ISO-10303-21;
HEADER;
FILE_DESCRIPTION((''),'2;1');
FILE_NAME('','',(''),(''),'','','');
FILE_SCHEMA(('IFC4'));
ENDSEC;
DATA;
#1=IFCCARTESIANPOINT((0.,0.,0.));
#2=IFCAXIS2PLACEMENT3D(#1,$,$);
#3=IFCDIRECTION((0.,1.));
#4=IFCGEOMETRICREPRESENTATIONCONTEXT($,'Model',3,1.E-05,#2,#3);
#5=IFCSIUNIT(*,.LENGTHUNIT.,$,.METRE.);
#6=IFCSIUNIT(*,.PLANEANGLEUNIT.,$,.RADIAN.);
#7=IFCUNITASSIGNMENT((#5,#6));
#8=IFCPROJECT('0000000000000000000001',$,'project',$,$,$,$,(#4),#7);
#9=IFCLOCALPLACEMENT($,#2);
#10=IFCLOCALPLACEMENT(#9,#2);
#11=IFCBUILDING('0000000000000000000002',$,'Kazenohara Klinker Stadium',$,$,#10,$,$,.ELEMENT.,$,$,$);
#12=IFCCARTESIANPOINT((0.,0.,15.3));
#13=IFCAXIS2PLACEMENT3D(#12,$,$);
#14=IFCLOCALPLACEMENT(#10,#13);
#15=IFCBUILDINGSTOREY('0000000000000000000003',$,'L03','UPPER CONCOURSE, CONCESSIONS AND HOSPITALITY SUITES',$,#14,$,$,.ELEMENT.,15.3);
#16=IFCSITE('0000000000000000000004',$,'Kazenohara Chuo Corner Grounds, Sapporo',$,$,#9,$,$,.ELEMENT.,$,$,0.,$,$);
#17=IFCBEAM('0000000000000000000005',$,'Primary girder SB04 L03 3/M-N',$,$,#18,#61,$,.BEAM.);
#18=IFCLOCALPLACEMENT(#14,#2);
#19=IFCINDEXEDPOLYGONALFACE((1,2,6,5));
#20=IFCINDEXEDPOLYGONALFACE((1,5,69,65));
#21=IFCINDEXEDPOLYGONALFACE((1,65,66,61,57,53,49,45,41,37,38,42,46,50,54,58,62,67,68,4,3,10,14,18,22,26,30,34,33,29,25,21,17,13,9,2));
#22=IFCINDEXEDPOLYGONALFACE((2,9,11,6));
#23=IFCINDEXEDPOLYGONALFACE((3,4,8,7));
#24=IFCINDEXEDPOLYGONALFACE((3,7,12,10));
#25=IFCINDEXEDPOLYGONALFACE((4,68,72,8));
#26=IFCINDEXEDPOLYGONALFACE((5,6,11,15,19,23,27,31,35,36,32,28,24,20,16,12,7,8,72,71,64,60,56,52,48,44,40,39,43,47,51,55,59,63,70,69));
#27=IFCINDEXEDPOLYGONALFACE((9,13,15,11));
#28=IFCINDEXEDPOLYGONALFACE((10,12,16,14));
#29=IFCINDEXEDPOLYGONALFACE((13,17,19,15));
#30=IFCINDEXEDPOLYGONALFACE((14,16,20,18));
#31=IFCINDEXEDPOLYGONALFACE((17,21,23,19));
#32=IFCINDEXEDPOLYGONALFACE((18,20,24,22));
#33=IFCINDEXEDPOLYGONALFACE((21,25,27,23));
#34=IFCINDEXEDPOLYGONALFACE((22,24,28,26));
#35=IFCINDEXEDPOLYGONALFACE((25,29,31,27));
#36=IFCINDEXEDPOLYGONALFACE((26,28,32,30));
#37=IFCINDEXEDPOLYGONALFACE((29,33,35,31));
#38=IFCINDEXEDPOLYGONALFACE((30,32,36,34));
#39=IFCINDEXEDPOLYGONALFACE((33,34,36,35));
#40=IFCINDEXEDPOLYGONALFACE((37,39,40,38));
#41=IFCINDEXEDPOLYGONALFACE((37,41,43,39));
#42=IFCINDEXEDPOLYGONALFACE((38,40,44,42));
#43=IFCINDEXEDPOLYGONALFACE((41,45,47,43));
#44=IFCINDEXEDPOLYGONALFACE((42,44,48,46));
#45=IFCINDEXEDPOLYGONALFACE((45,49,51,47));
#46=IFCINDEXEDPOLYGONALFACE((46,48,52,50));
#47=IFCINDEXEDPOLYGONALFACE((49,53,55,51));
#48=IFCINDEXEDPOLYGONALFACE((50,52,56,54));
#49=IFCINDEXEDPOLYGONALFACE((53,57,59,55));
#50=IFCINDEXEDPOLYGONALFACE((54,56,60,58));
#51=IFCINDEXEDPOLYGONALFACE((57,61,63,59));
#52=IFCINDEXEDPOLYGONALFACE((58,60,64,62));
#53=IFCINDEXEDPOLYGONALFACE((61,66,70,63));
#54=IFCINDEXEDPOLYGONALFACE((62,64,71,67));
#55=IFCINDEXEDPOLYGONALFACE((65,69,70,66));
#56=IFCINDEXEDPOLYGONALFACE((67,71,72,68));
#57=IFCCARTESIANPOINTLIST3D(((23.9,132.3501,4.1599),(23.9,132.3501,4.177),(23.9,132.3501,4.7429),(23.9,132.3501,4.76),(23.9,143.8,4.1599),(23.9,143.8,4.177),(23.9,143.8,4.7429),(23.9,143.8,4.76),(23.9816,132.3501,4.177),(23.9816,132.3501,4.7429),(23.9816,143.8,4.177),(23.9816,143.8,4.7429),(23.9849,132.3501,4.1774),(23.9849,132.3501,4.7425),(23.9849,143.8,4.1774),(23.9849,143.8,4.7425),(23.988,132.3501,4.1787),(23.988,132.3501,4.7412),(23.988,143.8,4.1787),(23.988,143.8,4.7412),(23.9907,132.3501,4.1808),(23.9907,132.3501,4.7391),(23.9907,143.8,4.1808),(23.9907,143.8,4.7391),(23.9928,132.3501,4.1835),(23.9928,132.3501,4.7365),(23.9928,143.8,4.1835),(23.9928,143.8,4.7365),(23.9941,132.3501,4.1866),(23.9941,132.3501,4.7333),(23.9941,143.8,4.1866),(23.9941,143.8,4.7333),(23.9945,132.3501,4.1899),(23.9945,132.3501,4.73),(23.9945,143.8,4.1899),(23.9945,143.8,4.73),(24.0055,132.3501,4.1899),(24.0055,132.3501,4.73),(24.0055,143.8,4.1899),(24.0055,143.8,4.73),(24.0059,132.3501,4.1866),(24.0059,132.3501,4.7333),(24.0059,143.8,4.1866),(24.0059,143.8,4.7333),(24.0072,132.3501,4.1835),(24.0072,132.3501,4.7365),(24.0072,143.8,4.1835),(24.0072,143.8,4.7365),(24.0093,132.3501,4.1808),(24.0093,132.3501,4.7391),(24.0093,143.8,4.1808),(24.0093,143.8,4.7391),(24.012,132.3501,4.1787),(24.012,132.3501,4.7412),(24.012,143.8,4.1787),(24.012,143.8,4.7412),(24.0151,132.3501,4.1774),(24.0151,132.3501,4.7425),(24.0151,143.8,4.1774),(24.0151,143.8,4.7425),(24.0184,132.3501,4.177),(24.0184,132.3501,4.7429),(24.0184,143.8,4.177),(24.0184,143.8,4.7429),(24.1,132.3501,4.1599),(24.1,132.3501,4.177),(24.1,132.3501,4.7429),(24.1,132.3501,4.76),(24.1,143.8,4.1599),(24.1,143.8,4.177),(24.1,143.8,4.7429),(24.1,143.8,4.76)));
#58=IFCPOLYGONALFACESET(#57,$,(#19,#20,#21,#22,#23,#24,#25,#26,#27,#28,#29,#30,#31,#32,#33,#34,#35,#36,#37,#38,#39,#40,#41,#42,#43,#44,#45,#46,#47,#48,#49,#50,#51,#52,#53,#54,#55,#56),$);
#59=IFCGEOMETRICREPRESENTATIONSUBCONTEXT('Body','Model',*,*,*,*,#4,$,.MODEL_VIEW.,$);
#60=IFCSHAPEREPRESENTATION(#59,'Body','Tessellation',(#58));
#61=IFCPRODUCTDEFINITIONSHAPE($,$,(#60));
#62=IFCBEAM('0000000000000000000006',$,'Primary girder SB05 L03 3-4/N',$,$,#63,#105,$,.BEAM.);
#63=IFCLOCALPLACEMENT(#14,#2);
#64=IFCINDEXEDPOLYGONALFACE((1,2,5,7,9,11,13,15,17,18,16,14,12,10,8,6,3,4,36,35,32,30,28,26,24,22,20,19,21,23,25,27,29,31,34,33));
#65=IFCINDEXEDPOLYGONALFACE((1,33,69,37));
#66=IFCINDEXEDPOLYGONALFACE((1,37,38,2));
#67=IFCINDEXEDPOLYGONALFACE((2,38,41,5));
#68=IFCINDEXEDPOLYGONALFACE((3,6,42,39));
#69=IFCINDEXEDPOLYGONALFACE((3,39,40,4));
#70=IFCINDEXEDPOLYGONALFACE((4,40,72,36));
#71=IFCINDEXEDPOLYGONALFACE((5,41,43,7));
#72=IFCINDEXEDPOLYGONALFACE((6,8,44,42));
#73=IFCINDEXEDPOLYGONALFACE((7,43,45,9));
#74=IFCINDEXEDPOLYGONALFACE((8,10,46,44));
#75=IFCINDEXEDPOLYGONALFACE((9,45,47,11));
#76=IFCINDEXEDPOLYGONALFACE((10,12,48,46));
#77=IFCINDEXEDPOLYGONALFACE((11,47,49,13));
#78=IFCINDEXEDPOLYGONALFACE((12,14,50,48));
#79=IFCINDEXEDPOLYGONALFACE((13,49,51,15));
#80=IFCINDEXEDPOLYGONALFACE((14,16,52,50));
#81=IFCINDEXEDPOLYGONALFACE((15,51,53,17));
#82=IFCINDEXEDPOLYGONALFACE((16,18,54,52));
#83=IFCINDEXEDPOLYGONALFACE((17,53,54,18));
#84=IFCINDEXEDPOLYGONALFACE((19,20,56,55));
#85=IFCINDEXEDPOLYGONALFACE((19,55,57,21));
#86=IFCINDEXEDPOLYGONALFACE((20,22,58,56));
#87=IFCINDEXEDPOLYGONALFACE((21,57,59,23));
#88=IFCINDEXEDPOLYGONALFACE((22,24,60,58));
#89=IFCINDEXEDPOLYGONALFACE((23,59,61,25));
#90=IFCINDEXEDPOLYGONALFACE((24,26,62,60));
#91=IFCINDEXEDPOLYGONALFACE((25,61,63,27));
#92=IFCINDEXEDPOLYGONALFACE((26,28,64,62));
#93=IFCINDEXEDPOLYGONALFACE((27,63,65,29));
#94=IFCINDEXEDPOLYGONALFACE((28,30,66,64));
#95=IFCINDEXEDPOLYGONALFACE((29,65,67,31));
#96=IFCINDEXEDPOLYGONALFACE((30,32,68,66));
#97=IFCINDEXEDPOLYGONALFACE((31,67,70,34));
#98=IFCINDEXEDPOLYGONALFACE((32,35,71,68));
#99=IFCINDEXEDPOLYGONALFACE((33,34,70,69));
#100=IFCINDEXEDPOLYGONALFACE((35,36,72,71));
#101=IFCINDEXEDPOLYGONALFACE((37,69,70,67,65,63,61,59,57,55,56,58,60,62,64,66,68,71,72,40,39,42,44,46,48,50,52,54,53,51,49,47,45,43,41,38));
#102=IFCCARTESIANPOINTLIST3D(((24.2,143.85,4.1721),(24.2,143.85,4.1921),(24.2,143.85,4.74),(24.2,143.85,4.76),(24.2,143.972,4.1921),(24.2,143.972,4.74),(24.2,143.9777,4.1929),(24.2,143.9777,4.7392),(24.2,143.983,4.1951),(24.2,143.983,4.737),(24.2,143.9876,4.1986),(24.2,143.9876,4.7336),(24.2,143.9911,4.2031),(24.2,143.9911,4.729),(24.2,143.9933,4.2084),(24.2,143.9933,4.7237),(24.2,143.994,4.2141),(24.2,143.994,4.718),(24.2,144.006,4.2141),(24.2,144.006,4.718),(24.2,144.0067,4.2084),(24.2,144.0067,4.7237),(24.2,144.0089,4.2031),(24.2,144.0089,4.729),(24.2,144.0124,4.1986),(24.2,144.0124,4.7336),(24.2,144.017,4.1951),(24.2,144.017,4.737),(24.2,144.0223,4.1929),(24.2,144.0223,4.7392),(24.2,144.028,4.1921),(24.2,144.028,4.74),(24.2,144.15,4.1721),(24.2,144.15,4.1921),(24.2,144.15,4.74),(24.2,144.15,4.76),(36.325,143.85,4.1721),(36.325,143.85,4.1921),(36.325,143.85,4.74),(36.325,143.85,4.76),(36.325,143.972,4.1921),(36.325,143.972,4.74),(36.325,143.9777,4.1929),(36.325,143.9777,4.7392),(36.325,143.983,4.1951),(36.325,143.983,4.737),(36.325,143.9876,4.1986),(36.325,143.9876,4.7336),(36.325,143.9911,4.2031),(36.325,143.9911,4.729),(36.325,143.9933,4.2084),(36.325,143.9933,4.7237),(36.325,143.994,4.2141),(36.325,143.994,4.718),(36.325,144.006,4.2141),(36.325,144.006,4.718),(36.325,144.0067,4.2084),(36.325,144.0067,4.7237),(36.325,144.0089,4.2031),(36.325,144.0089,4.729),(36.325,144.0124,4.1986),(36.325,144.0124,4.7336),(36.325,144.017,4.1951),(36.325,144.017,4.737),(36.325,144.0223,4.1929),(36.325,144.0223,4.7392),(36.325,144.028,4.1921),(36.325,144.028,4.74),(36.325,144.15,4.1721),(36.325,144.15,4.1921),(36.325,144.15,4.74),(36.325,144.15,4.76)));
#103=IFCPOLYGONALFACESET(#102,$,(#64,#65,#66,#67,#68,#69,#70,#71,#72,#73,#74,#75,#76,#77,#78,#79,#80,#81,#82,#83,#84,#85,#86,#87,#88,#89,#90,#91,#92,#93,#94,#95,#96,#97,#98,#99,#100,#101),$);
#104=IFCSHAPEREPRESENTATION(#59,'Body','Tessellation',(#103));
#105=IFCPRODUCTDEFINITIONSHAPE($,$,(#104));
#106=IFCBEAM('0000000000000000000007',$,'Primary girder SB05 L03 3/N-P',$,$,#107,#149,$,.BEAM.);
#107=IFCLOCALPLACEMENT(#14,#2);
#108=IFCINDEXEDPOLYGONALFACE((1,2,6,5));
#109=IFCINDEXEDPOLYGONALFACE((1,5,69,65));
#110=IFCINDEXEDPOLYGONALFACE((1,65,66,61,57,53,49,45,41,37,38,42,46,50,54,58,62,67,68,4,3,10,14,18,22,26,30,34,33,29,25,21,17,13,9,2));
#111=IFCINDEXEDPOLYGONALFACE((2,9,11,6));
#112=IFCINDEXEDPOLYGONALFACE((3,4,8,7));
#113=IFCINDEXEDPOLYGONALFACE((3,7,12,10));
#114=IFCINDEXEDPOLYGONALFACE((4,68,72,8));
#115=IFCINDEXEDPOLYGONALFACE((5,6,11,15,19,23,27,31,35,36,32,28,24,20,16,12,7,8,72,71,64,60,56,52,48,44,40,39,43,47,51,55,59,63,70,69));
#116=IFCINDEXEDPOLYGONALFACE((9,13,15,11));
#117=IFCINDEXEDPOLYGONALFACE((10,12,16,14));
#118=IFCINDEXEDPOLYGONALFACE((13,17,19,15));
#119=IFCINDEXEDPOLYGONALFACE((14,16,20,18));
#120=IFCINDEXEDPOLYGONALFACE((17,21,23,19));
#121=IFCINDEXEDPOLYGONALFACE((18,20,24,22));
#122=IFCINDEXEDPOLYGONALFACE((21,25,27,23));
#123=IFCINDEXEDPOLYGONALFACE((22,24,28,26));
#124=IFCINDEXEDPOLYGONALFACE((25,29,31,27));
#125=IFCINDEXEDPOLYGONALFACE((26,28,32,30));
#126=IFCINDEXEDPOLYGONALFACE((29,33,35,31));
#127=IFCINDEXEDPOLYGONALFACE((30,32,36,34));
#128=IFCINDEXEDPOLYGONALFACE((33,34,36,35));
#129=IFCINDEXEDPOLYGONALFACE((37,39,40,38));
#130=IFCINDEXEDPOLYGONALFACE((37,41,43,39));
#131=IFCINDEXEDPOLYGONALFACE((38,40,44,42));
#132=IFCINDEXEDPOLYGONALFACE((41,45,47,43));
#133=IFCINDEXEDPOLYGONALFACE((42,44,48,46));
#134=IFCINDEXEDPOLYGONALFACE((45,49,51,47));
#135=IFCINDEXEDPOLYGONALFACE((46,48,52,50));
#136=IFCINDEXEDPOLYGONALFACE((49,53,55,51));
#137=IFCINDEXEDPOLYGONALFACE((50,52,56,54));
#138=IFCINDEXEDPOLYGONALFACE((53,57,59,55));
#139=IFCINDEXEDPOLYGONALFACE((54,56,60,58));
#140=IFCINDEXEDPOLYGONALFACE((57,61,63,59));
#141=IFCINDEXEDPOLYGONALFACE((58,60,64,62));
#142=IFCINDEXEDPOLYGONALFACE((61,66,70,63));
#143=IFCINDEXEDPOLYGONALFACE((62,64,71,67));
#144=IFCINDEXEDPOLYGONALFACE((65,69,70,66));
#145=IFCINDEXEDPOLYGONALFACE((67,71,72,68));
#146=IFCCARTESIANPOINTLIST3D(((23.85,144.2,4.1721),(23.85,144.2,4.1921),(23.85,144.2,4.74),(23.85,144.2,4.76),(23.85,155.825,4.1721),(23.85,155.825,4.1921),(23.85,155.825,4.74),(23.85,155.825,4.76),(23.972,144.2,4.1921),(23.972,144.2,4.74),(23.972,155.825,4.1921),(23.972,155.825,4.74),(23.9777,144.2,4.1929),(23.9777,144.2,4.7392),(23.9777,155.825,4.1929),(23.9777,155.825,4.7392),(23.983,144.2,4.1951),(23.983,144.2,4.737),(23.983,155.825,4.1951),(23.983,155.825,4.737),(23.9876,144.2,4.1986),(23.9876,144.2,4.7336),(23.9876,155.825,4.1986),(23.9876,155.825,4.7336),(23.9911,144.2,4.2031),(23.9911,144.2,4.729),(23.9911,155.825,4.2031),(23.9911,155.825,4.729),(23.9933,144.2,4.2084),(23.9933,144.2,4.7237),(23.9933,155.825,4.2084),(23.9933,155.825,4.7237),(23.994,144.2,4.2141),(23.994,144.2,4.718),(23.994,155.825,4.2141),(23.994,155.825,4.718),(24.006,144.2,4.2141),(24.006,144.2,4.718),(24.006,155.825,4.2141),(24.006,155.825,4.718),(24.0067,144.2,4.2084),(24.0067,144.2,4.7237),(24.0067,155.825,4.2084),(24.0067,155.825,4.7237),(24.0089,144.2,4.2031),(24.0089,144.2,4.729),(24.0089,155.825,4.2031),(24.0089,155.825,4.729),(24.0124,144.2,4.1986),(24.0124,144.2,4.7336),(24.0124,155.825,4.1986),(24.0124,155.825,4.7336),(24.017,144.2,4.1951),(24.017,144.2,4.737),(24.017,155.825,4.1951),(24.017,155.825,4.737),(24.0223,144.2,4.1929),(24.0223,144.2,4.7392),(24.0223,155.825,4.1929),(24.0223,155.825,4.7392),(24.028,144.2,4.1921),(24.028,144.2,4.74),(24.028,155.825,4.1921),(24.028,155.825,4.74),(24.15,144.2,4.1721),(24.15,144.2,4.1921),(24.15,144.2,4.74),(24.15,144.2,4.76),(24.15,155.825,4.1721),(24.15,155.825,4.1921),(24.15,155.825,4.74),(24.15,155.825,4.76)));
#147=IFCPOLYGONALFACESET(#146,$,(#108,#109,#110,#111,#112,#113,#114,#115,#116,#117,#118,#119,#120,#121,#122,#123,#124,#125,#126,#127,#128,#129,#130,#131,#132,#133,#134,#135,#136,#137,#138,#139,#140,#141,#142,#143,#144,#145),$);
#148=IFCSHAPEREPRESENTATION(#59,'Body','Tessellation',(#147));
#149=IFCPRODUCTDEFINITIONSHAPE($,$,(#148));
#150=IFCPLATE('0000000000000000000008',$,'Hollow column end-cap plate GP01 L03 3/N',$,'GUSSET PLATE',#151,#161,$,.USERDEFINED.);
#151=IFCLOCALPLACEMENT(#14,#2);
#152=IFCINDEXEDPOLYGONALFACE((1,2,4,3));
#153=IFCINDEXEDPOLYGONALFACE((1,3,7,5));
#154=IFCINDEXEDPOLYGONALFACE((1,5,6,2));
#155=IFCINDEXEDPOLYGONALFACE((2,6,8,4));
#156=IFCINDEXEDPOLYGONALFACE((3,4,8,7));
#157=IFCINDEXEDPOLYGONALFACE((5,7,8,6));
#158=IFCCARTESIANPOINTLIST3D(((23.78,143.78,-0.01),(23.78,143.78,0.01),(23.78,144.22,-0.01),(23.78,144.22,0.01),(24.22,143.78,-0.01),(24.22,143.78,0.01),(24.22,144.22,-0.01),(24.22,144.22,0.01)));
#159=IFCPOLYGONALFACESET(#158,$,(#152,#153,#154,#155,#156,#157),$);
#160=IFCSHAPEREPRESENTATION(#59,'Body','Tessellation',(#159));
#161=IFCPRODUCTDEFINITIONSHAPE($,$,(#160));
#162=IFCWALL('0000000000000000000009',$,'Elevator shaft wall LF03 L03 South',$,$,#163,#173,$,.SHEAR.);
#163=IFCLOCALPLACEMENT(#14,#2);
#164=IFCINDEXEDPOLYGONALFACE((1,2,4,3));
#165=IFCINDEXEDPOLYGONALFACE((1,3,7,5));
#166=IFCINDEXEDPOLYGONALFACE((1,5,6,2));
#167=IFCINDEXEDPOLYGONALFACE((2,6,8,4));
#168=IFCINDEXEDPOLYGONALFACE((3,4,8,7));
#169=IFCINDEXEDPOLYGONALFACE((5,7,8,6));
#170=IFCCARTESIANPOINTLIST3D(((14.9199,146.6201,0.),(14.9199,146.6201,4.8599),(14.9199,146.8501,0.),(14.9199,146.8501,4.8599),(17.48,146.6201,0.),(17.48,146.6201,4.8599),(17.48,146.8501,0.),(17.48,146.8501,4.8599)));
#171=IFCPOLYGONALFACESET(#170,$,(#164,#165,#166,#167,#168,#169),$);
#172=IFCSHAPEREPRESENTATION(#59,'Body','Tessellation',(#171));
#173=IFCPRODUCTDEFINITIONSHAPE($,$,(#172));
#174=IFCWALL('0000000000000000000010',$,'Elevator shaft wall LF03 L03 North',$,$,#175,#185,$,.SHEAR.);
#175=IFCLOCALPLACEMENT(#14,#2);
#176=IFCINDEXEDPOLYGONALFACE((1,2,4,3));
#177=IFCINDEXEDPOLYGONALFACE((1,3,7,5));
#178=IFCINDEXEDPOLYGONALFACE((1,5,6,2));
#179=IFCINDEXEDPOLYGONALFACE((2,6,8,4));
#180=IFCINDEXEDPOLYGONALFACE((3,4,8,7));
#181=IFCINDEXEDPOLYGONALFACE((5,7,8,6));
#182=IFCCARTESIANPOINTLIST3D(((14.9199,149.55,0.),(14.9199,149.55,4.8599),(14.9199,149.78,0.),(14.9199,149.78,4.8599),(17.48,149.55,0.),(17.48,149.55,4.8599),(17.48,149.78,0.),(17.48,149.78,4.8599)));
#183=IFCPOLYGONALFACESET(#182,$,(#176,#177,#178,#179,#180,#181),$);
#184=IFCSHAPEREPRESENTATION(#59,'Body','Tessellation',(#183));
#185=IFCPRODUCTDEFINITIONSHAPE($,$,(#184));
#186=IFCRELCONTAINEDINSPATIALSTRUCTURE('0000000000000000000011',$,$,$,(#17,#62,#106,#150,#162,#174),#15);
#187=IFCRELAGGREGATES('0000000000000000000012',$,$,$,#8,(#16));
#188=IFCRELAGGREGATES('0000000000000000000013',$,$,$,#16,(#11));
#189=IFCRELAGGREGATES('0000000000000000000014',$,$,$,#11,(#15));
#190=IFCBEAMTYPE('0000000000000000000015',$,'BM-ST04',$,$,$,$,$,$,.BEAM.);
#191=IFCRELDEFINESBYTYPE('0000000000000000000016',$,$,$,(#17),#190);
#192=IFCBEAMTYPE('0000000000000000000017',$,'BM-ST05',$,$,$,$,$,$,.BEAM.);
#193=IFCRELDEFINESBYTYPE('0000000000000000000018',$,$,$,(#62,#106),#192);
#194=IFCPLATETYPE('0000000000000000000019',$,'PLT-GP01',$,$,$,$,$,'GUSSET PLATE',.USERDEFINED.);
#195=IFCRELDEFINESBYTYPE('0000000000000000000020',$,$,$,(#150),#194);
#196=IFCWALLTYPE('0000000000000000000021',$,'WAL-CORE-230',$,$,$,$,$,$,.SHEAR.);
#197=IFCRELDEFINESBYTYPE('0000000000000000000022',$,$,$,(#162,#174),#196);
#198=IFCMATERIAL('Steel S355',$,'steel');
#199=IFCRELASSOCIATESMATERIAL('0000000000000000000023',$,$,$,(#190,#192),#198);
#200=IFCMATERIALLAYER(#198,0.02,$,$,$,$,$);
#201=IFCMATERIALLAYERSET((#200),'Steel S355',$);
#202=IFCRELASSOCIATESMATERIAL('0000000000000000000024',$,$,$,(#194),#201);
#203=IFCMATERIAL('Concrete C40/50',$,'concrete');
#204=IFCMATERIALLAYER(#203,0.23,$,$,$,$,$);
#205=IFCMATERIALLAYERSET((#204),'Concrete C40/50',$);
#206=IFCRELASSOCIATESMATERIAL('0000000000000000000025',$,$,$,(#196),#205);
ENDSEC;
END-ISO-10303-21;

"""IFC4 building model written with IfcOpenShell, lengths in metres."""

from ifc_helpers import new_model, si_unit, direction, frame, frame_2d, origin, origin_2d, place, context, subcontext, project, spatial, rectangle, i_section, extrude, material, layer, layer_set, material_profile, profile_set, type_object, element, save


model = new_model("IFC4")

# Units and contexts
model_context = context("Model", 3, precision=1e-05, world=origin(), true_north=direction((0.0, 1.0)))
body_context = subcontext(model_context, "Body", "Model", "MODEL_VIEW")
ifc_project = project(units=[si_unit("LENGTHUNIT", "METRE"), si_unit("PLANEANGLEUNIT", "RADIAN")], contexts=[model_context])

# Site, building, storey
site_placement = place(None, origin())
site = spatial("IfcSite", under=ifc_project, at=site_placement, Name="Kazenohara Chuo Corner Grounds, Sapporo", CompositionType="ELEMENT", RefElevation=0.0)
building_placement = place(site_placement, origin())
building = spatial("IfcBuilding", under=site, at=building_placement, Name="Kazenohara Klinker Stadium", CompositionType="ELEMENT")
storey_placement = place(building_placement, frame((0.0, 0.0, 15.3)))
storey = spatial("IfcBuildingStorey", under=building, at=storey_placement, Name="L03", Description="UPPER CONCOURSE, CONCESSIONS AND HOSPITALITY SUITES", CompositionType="ELEMENT", Elevation=15.3)

# Shared definitions
ifc_material_1 = material(Name="Steel S355", Category="steel")

# Beams
ifc_material_profile_1 = material_profile(ifc_material_1, i_section(OverallWidth=0.2, OverallDepth=0.6001, WebThickness=0.011, FlangeThickness=0.0171, FilletRadius=0.0129, at=origin_2d()), Name="H-600x200x11x17")
ifc_profile_set_1 = profile_set([ifc_material_profile_1], Name="Steel S355")
beam_type_1 = type_object("IfcBeamType", Name="BM-ST04", PredefinedType="BEAM", material=ifc_profile_set_1)
for number, where, z_axis, x_axis, name in (
    (1, (24.0, 132.3501, 4.46), (0.0, 1.0, 0.0), (-1.0, 0.0, 0.0), "Primary girder SB04 L03 3/M-N"),
):
    element("IfcBeam", number, at=place(storey_placement, frame(where, z_axis=z_axis, x_axis=x_axis)), inside=storey, type_object=beam_type_1, Name=name, PredefinedType="BEAM", context=body_context, shape_type="SweptSolid", body=[
        extrude(i_section(OverallWidth=0.2, OverallDepth=0.6001, WebThickness=0.011, FlangeThickness=0.0171, FilletRadius=0.0129, at=origin_2d()), origin(), (0.0, 0.0, 1.0), 11.45),
    ])
ifc_material_profile_2 = material_profile(ifc_material_1, i_section(OverallWidth=0.3, OverallDepth=0.5879, WebThickness=0.012, FlangeThickness=0.02, FilletRadius=0.022, at=origin_2d()), Name="H-588x300x12x20")
ifc_profile_set_2 = profile_set([ifc_material_profile_2], Name="Steel S355")
beam_type_2 = type_object("IfcBeamType", Name="BM-ST05", PredefinedType="BEAM", material=ifc_profile_set_2)
beam_1_placement = place(storey_placement, frame((24.2, 144.0, 4.4661), z_axis=(1.0, 0.0, 0.0), x_axis=(0.0, 1.0, 0.0)))
element("IfcBeam", 2, at=beam_1_placement, inside=storey, type_object=beam_type_2, Name="Primary girder SB05 L03 3-4/N", PredefinedType="BEAM", context=body_context, shape_type="SweptSolid", body=[
    extrude(i_section(OverallWidth=0.3, OverallDepth=0.5879, WebThickness=0.012, FlangeThickness=0.02, FilletRadius=0.022, at=origin_2d()), origin(), (0.0, 0.0, 1.0), 12.125),
])
beam_2_placement = place(storey_placement, frame((24.0, 144.2, 4.4661), z_axis=(0.0, 1.0, 0.0), x_axis=(-1.0, 0.0, 0.0)))
element("IfcBeam", 3, at=beam_2_placement, inside=storey, type_object=beam_type_2, Name="Primary girder SB05 L03 3/N-P", PredefinedType="BEAM", context=body_context, shape_type="SweptSolid", body=[
    extrude(i_section(OverallWidth=0.3, OverallDepth=0.5879, WebThickness=0.012, FlangeThickness=0.02, FilletRadius=0.022, at=origin_2d()), origin(), (0.0, 0.0, 1.0), 11.625),
])

# Plate
ifc_layer_1 = layer(ifc_material_1, 0.02)
ifc_layer_set_1 = layer_set([ifc_layer_1], Name="Steel S355")
plate_type = type_object("IfcPlateType", Name="PLT-GP01", ElementType="GUSSET PLATE", PredefinedType="USERDEFINED", material=ifc_layer_set_1)
plate_placement = place(storey_placement, frame((24.0, 144.0, -0.01), z_axis=(0.0, 0.0, 1.0), x_axis=(1.0, 0.0, 0.0)))
element("IfcPlate", 4, at=plate_placement, inside=storey, type_object=plate_type, Name="Hollow column end-cap plate GP01 L03 3/N", ObjectType="GUSSET PLATE", PredefinedType="USERDEFINED", context=body_context, shape_type="SweptSolid", body=[
    extrude(rectangle(XDim=0.4399, YDim=0.4399, at=origin_2d()), origin(), (0.0, 0.0, 1.0), 0.02),
])

# Walls
ifc_material_2 = material(Name="Concrete C40/50", Category="concrete")
ifc_layer_2 = layer(ifc_material_2, 0.23)
ifc_layer_set_2 = layer_set([ifc_layer_2], Name="Concrete C40/50")
wall_type_1 = type_object("IfcWallType", Name="WAL-CORE-230", PredefinedType="SHEAR", material=ifc_layer_set_2)
for number, where, z_axis, x_axis, name in (
    (5, (14.9199, 146.7351, 0.0), (0.0, 0.0, 1.0), (1.0, 0.0, 0.0), "Elevator shaft wall LF03 L03 South"),
    (6, (14.9199, 149.665, 0.0), (0.0, 0.0, 1.0), (1.0, 0.0, 0.0), "Elevator shaft wall LF03 L03 North"),
):
    element("IfcWall", number, at=place(storey_placement, frame(where, z_axis=z_axis, x_axis=x_axis)), inside=storey, type_object=wall_type_1, Name=name, PredefinedType="SHEAR", context=body_context, shape_type="SweptSolid", body=[
        extrude(rectangle(XDim=2.5601, YDim=0.23, at=frame_2d((1.28, 0.0))), origin(), (0.0, 0.0, 1.0), 4.8599),
    ])

save(model, "model.ifc")
